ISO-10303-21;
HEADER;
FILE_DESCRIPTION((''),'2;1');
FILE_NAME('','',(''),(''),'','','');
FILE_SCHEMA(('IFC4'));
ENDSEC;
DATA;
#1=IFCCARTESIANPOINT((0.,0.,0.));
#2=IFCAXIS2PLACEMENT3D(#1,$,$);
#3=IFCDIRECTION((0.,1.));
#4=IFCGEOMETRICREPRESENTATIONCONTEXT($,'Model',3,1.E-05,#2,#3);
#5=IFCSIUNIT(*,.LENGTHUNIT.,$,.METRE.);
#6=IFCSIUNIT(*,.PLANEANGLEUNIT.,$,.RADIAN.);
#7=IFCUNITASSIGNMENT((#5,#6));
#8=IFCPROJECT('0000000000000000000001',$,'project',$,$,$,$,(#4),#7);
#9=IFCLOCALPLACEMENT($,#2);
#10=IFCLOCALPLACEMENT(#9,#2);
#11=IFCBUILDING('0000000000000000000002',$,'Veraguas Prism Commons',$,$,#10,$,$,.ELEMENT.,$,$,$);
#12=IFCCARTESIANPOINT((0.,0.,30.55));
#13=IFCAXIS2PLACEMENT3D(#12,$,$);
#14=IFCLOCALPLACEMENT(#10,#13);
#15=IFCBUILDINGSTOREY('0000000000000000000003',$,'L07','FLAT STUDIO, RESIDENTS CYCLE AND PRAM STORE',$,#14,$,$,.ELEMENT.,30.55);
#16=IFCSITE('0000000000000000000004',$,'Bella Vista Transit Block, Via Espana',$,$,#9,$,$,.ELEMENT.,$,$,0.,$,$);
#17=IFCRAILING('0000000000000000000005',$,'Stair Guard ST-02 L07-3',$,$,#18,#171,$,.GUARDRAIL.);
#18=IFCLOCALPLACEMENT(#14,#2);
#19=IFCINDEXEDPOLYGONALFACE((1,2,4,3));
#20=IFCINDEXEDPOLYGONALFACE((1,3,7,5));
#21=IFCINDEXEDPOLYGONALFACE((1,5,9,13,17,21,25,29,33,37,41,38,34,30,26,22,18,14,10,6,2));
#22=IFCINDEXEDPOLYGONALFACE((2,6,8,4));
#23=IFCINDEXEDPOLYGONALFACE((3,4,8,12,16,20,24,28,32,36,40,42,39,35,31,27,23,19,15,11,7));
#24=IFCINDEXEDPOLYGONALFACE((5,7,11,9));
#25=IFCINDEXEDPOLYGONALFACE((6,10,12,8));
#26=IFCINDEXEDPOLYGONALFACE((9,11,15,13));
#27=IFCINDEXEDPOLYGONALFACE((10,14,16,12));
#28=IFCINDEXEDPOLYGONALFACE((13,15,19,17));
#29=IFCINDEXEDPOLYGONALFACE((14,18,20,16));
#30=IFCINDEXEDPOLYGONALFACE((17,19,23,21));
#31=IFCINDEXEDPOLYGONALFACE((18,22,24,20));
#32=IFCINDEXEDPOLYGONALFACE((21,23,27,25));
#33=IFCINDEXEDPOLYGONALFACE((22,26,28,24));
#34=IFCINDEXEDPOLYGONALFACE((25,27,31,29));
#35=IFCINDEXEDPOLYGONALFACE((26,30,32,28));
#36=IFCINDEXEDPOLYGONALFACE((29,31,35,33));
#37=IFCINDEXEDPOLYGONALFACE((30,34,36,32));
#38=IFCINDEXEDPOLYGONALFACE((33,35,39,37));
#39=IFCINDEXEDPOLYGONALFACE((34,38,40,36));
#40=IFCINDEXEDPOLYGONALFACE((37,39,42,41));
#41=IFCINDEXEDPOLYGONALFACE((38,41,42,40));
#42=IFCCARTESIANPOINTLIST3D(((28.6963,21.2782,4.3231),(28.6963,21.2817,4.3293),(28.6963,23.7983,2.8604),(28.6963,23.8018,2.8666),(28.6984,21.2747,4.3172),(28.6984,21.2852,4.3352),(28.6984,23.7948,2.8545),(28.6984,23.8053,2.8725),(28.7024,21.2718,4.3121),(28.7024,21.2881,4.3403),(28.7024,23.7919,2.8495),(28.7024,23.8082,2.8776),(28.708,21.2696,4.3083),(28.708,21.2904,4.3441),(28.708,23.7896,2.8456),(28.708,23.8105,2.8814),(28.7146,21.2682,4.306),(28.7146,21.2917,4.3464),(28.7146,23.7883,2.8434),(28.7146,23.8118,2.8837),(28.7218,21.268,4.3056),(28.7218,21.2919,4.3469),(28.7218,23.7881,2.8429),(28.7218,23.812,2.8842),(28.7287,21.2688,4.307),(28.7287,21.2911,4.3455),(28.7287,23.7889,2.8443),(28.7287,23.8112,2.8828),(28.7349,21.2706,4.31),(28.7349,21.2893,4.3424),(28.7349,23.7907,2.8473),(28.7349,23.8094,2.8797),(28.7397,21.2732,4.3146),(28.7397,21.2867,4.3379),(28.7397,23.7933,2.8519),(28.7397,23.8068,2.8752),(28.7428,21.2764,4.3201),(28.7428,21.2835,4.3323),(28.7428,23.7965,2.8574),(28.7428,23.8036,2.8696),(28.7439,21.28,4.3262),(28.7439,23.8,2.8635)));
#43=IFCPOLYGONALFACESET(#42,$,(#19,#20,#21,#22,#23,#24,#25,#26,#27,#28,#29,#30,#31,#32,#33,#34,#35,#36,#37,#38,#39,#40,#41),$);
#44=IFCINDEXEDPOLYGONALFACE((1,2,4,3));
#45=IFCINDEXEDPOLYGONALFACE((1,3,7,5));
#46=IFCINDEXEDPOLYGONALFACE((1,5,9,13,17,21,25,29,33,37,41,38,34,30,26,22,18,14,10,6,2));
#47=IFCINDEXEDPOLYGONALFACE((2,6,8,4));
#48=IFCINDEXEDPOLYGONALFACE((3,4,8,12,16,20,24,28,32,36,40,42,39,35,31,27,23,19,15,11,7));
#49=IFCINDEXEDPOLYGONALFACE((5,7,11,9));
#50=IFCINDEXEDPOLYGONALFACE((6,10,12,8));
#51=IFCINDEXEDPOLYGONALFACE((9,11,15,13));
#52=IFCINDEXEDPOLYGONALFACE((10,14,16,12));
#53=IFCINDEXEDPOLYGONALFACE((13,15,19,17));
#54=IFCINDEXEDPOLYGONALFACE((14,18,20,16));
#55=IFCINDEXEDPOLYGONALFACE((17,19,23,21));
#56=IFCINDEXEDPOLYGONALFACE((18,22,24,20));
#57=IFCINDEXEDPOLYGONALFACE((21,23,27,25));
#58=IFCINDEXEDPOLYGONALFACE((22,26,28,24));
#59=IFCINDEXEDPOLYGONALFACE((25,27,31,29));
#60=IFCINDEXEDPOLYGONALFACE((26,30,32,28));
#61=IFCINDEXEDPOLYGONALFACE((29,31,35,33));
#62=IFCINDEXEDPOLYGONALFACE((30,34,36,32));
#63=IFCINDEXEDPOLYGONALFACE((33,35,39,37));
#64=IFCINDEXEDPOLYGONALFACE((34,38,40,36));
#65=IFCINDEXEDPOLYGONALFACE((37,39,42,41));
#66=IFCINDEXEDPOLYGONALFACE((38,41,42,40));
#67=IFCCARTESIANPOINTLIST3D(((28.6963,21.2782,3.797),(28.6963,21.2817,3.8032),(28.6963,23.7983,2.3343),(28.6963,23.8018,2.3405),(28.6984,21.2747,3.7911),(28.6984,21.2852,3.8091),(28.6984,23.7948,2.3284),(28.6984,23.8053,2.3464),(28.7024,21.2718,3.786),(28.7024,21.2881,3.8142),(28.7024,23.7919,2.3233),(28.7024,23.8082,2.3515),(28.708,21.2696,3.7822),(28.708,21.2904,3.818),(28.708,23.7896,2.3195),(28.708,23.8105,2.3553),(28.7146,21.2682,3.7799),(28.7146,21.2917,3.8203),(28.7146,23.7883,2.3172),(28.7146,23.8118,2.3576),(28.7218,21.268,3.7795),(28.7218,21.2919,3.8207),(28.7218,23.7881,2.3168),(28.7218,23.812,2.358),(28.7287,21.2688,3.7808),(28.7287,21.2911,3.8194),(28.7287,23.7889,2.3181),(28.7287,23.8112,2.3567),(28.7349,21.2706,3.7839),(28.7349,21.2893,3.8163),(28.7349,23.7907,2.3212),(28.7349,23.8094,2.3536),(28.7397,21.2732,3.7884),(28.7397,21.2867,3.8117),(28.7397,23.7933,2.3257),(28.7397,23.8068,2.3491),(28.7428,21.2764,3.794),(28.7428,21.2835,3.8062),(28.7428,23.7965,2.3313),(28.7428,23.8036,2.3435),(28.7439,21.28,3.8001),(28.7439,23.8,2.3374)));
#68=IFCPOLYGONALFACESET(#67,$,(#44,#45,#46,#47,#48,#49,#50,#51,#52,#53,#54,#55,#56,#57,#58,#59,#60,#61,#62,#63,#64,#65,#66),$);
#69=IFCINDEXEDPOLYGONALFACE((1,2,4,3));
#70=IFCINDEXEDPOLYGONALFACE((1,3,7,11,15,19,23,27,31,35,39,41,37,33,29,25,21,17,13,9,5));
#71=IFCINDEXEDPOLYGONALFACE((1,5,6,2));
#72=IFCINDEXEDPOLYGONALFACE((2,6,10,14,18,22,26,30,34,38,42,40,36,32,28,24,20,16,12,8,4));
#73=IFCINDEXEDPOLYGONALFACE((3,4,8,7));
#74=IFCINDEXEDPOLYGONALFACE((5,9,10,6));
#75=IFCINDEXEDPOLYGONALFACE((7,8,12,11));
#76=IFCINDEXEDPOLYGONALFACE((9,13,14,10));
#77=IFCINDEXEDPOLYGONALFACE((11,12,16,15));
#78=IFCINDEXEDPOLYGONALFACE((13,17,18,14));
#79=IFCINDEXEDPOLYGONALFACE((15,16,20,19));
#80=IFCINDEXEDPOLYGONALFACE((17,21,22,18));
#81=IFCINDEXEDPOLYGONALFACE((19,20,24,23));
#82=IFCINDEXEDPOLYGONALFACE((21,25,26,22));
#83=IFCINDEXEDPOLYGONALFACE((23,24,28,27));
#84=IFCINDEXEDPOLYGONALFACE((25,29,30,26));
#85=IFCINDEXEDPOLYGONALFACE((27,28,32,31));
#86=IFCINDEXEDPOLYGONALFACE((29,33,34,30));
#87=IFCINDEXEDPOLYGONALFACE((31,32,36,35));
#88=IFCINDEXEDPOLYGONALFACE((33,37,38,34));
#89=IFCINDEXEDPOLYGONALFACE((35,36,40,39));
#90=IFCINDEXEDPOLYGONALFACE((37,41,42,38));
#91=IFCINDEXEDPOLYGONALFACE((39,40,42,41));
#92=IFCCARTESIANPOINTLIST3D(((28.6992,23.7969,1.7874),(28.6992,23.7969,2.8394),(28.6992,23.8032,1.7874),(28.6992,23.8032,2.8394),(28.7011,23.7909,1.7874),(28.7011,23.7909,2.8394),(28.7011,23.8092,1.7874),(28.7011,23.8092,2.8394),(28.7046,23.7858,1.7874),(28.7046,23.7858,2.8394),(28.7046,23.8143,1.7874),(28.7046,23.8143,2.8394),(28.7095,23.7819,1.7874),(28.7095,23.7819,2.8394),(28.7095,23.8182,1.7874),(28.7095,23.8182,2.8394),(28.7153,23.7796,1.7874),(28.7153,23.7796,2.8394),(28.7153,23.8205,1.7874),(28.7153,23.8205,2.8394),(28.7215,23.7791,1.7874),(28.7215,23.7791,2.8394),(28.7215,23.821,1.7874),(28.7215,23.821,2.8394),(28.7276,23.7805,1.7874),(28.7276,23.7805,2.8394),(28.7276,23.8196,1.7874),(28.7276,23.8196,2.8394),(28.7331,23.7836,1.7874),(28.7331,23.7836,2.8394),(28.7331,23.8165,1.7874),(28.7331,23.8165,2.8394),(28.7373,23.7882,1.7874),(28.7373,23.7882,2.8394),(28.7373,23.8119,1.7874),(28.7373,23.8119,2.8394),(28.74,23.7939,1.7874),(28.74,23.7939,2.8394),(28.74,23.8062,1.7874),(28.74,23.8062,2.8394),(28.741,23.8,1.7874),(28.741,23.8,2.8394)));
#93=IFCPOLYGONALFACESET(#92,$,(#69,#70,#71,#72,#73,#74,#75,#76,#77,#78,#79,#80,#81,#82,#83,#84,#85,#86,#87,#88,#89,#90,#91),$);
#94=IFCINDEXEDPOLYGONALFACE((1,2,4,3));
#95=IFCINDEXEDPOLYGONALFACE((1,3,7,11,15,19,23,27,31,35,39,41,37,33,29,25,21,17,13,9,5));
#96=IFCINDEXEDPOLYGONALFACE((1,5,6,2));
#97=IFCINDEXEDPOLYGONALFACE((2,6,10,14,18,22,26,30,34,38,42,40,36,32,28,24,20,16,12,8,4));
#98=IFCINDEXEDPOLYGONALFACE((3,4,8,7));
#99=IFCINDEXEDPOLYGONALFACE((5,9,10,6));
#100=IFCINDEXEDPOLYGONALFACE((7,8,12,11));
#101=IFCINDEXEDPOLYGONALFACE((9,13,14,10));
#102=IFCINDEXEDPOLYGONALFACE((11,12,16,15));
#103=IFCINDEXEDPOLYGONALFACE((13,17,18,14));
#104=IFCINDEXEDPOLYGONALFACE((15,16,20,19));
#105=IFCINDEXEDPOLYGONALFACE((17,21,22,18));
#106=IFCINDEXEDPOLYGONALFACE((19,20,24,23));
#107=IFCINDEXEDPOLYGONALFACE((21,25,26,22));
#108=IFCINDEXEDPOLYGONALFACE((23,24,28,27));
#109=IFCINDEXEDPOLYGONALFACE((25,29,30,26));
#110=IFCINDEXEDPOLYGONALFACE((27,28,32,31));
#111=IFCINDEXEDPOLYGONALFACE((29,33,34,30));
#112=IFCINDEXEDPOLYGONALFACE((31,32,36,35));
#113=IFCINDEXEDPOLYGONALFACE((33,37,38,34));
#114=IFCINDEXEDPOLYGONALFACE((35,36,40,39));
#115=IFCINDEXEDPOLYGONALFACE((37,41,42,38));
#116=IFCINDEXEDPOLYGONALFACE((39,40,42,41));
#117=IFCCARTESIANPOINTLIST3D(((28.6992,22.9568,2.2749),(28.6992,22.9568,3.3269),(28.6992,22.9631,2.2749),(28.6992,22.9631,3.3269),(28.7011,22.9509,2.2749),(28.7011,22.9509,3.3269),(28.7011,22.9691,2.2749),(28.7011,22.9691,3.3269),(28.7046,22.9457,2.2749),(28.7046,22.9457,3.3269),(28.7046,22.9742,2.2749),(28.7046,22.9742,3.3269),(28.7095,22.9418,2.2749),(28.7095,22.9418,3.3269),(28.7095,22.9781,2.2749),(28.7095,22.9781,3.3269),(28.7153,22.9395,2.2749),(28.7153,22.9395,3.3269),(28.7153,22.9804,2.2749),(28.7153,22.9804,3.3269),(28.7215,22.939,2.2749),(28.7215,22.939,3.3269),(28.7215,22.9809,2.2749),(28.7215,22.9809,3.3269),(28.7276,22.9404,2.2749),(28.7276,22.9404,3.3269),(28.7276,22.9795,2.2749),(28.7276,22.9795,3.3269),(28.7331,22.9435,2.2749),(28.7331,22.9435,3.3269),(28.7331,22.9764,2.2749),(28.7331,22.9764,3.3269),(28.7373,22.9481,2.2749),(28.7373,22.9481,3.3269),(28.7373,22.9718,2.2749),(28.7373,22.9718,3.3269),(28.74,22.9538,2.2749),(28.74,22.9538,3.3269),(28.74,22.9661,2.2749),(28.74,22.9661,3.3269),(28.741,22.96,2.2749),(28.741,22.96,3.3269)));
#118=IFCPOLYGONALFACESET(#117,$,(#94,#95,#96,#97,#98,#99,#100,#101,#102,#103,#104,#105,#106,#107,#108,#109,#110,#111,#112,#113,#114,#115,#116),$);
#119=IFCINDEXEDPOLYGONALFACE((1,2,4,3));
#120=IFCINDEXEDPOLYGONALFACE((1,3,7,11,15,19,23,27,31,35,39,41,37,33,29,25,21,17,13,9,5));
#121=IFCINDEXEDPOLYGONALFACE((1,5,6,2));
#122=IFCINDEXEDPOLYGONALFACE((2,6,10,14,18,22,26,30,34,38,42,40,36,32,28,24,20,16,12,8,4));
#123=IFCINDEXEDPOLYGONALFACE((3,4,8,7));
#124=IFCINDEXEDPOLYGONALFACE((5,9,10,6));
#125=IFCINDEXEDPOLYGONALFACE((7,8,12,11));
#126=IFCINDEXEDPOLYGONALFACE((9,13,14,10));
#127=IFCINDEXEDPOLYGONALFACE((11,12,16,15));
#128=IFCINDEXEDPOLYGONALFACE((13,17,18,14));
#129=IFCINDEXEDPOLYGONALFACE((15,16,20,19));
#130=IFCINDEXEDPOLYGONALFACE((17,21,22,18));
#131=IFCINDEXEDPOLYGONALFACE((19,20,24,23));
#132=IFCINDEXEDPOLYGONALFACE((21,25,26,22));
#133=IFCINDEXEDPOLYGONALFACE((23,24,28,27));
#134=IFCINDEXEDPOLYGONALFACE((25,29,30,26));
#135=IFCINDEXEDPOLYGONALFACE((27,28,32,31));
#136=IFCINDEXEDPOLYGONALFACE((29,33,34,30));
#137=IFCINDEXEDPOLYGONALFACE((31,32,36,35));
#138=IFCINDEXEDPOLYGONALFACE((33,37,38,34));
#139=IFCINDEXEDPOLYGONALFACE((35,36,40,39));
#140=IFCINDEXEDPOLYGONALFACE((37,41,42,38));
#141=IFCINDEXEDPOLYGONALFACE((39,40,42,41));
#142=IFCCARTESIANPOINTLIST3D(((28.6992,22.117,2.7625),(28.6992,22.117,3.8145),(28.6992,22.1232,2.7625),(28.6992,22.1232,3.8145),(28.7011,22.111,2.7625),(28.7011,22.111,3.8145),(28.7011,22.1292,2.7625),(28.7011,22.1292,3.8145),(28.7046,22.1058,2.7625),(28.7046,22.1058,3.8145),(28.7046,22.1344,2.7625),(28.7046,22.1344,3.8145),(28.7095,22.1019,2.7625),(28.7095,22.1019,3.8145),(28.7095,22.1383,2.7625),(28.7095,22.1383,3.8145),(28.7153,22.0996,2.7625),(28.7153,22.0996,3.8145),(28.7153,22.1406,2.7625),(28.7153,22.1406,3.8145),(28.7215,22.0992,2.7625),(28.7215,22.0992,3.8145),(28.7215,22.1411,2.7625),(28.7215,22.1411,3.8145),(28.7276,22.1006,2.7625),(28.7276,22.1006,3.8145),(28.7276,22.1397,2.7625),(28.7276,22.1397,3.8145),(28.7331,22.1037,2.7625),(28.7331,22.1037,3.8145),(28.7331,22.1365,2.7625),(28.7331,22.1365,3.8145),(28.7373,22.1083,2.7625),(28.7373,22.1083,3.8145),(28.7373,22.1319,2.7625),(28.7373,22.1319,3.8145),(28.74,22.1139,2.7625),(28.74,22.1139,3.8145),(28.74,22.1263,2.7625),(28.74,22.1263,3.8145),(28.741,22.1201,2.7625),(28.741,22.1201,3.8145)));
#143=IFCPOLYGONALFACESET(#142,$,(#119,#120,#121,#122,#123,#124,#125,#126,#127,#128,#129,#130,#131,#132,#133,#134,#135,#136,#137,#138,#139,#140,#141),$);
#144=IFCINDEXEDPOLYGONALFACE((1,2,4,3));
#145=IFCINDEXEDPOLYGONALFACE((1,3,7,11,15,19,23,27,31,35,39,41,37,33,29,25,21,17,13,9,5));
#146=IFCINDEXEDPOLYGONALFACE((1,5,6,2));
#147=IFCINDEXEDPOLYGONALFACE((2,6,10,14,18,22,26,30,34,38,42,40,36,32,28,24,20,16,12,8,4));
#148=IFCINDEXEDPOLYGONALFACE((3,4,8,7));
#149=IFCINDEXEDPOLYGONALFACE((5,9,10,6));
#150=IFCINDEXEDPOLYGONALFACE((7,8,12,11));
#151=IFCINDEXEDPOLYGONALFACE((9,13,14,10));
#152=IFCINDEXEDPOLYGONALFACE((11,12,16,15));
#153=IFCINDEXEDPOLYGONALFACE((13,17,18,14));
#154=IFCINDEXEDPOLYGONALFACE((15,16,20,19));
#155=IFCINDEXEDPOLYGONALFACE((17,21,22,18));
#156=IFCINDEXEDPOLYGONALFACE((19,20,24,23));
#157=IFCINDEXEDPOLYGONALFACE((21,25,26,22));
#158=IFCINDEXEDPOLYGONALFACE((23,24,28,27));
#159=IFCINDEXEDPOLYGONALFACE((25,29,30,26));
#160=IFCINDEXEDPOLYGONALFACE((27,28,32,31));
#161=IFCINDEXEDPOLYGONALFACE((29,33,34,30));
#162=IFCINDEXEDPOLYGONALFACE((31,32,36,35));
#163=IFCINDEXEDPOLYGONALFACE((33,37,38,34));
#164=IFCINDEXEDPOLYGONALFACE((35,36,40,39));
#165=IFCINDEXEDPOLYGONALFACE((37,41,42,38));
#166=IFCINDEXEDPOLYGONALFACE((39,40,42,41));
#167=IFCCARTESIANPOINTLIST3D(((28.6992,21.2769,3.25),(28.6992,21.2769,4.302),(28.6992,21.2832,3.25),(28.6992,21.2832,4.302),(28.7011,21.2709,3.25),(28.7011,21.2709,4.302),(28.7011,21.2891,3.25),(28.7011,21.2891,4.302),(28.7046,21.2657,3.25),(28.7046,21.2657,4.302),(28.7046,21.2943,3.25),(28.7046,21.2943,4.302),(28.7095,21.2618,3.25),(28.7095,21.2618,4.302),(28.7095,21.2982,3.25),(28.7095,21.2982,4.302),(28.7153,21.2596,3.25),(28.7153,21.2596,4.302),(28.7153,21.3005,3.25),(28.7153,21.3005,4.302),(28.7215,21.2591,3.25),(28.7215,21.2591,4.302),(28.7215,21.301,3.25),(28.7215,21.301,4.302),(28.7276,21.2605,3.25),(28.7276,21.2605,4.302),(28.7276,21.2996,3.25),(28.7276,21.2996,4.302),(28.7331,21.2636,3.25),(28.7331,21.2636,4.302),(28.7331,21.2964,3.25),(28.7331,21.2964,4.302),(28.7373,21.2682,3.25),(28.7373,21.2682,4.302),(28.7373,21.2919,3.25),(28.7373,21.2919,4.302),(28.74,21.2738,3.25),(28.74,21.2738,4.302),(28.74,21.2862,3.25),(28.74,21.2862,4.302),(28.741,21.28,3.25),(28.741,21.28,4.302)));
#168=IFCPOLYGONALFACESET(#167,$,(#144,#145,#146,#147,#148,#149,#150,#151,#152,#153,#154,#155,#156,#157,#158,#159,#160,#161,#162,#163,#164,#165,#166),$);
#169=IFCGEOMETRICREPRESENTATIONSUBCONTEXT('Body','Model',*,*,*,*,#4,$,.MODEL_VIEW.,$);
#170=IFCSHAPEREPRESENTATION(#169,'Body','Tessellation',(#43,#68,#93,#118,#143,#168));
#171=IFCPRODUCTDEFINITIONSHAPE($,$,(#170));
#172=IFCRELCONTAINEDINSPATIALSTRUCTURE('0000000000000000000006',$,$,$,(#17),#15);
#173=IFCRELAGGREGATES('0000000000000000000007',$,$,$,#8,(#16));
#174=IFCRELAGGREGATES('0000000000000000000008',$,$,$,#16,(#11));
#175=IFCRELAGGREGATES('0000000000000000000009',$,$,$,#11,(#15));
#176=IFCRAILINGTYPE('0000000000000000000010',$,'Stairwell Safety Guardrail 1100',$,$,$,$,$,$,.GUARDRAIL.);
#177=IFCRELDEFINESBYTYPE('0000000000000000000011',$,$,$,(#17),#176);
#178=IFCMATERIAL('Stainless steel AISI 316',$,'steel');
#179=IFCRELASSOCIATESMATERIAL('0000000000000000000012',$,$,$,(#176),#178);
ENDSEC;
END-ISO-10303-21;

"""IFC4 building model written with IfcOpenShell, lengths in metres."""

from ifc_helpers import new_model, si_unit, direction, frame, origin, origin_2d, place, context, subcontext, project, spatial, circle, extrude, material, type_object, element, save


model = new_model("IFC4")

# Units and contexts
model_context = context("Model", 3, precision=1e-05, world=origin(), true_north=direction((0.0, 1.0)))
body_context = subcontext(model_context, "Body", "Model", "MODEL_VIEW")
ifc_project = project(units=[si_unit("LENGTHUNIT", "METRE"), si_unit("PLANEANGLEUNIT", "RADIAN")], contexts=[model_context])

# Site, building, storey
site_placement = place(None, origin())
site = spatial("IfcSite", under=ifc_project, at=site_placement, Name="Bella Vista Transit Block, Via Espana", CompositionType="ELEMENT", RefElevation=0.0)
building_placement = place(site_placement, origin())
building = spatial("IfcBuilding", under=site, at=building_placement, Name="Veraguas Prism Commons", CompositionType="ELEMENT")
storey_placement = place(building_placement, frame((0.0, 0.0, 30.55)))
storey = spatial("IfcBuildingStorey", under=building, at=storey_placement, Name="L07", Description="FLAT STUDIO, RESIDENTS CYCLE AND PRAM STORE", CompositionType="ELEMENT", Elevation=30.55)

# Shared definitions
ifc_material_1 = material(Name="Stainless steel AISI 316", Category="steel")

# Railing
railing_type_1 = type_object("IfcRailingType", Name="Stairwell Safety Guardrail 1100", PredefinedType="GUARDRAIL", material=ifc_material_1)
railing_1_placement = place(storey_placement, frame((28.72, 23.8, 1.7874)))
element("IfcRailing", 1, at=railing_1_placement, inside=storey, type_object=railing_type_1, Name="Stair Guard ST-02 L07-3", PredefinedType="GUARDRAIL", context=body_context, shape_type="SweptSolid", body=[
    extrude(circle(Radius=0.0239, at=origin_2d()), frame((0.0, 0.0, 1.0762), z_axis=(0.0, -0.864877, 0.501984), x_axis=(1.0, 0.0, 0.0)), (0.0, 0.0, 1.0), 2.9138),
    extrude(circle(Radius=0.0239, at=origin_2d()), frame((0.0, 0.0, 0.55), z_axis=(0.0, -0.864877, 0.501984), x_axis=(1.0, 0.0, 0.0)), (0.0, 0.0, 1.0), 2.9138),
    extrude(circle(Radius=0.021, at=origin_2d()), origin(), (0.0, 0.0, 1.0), 1.052),
    extrude(circle(Radius=0.021, at=origin_2d()), frame((0.0, -0.8401, 0.4875)), (0.0, 0.0, 1.0), 1.052),
    extrude(circle(Radius=0.021, at=origin_2d()), frame((0.0, -1.6799, 0.9751)), (0.0, 0.0, 1.0), 1.052),
    extrude(circle(Radius=0.021, at=origin_2d()), frame((0.0, -2.52, 1.4626)), (0.0, 0.0, 1.0), 1.052),
])

save(model, "model.ifc")
